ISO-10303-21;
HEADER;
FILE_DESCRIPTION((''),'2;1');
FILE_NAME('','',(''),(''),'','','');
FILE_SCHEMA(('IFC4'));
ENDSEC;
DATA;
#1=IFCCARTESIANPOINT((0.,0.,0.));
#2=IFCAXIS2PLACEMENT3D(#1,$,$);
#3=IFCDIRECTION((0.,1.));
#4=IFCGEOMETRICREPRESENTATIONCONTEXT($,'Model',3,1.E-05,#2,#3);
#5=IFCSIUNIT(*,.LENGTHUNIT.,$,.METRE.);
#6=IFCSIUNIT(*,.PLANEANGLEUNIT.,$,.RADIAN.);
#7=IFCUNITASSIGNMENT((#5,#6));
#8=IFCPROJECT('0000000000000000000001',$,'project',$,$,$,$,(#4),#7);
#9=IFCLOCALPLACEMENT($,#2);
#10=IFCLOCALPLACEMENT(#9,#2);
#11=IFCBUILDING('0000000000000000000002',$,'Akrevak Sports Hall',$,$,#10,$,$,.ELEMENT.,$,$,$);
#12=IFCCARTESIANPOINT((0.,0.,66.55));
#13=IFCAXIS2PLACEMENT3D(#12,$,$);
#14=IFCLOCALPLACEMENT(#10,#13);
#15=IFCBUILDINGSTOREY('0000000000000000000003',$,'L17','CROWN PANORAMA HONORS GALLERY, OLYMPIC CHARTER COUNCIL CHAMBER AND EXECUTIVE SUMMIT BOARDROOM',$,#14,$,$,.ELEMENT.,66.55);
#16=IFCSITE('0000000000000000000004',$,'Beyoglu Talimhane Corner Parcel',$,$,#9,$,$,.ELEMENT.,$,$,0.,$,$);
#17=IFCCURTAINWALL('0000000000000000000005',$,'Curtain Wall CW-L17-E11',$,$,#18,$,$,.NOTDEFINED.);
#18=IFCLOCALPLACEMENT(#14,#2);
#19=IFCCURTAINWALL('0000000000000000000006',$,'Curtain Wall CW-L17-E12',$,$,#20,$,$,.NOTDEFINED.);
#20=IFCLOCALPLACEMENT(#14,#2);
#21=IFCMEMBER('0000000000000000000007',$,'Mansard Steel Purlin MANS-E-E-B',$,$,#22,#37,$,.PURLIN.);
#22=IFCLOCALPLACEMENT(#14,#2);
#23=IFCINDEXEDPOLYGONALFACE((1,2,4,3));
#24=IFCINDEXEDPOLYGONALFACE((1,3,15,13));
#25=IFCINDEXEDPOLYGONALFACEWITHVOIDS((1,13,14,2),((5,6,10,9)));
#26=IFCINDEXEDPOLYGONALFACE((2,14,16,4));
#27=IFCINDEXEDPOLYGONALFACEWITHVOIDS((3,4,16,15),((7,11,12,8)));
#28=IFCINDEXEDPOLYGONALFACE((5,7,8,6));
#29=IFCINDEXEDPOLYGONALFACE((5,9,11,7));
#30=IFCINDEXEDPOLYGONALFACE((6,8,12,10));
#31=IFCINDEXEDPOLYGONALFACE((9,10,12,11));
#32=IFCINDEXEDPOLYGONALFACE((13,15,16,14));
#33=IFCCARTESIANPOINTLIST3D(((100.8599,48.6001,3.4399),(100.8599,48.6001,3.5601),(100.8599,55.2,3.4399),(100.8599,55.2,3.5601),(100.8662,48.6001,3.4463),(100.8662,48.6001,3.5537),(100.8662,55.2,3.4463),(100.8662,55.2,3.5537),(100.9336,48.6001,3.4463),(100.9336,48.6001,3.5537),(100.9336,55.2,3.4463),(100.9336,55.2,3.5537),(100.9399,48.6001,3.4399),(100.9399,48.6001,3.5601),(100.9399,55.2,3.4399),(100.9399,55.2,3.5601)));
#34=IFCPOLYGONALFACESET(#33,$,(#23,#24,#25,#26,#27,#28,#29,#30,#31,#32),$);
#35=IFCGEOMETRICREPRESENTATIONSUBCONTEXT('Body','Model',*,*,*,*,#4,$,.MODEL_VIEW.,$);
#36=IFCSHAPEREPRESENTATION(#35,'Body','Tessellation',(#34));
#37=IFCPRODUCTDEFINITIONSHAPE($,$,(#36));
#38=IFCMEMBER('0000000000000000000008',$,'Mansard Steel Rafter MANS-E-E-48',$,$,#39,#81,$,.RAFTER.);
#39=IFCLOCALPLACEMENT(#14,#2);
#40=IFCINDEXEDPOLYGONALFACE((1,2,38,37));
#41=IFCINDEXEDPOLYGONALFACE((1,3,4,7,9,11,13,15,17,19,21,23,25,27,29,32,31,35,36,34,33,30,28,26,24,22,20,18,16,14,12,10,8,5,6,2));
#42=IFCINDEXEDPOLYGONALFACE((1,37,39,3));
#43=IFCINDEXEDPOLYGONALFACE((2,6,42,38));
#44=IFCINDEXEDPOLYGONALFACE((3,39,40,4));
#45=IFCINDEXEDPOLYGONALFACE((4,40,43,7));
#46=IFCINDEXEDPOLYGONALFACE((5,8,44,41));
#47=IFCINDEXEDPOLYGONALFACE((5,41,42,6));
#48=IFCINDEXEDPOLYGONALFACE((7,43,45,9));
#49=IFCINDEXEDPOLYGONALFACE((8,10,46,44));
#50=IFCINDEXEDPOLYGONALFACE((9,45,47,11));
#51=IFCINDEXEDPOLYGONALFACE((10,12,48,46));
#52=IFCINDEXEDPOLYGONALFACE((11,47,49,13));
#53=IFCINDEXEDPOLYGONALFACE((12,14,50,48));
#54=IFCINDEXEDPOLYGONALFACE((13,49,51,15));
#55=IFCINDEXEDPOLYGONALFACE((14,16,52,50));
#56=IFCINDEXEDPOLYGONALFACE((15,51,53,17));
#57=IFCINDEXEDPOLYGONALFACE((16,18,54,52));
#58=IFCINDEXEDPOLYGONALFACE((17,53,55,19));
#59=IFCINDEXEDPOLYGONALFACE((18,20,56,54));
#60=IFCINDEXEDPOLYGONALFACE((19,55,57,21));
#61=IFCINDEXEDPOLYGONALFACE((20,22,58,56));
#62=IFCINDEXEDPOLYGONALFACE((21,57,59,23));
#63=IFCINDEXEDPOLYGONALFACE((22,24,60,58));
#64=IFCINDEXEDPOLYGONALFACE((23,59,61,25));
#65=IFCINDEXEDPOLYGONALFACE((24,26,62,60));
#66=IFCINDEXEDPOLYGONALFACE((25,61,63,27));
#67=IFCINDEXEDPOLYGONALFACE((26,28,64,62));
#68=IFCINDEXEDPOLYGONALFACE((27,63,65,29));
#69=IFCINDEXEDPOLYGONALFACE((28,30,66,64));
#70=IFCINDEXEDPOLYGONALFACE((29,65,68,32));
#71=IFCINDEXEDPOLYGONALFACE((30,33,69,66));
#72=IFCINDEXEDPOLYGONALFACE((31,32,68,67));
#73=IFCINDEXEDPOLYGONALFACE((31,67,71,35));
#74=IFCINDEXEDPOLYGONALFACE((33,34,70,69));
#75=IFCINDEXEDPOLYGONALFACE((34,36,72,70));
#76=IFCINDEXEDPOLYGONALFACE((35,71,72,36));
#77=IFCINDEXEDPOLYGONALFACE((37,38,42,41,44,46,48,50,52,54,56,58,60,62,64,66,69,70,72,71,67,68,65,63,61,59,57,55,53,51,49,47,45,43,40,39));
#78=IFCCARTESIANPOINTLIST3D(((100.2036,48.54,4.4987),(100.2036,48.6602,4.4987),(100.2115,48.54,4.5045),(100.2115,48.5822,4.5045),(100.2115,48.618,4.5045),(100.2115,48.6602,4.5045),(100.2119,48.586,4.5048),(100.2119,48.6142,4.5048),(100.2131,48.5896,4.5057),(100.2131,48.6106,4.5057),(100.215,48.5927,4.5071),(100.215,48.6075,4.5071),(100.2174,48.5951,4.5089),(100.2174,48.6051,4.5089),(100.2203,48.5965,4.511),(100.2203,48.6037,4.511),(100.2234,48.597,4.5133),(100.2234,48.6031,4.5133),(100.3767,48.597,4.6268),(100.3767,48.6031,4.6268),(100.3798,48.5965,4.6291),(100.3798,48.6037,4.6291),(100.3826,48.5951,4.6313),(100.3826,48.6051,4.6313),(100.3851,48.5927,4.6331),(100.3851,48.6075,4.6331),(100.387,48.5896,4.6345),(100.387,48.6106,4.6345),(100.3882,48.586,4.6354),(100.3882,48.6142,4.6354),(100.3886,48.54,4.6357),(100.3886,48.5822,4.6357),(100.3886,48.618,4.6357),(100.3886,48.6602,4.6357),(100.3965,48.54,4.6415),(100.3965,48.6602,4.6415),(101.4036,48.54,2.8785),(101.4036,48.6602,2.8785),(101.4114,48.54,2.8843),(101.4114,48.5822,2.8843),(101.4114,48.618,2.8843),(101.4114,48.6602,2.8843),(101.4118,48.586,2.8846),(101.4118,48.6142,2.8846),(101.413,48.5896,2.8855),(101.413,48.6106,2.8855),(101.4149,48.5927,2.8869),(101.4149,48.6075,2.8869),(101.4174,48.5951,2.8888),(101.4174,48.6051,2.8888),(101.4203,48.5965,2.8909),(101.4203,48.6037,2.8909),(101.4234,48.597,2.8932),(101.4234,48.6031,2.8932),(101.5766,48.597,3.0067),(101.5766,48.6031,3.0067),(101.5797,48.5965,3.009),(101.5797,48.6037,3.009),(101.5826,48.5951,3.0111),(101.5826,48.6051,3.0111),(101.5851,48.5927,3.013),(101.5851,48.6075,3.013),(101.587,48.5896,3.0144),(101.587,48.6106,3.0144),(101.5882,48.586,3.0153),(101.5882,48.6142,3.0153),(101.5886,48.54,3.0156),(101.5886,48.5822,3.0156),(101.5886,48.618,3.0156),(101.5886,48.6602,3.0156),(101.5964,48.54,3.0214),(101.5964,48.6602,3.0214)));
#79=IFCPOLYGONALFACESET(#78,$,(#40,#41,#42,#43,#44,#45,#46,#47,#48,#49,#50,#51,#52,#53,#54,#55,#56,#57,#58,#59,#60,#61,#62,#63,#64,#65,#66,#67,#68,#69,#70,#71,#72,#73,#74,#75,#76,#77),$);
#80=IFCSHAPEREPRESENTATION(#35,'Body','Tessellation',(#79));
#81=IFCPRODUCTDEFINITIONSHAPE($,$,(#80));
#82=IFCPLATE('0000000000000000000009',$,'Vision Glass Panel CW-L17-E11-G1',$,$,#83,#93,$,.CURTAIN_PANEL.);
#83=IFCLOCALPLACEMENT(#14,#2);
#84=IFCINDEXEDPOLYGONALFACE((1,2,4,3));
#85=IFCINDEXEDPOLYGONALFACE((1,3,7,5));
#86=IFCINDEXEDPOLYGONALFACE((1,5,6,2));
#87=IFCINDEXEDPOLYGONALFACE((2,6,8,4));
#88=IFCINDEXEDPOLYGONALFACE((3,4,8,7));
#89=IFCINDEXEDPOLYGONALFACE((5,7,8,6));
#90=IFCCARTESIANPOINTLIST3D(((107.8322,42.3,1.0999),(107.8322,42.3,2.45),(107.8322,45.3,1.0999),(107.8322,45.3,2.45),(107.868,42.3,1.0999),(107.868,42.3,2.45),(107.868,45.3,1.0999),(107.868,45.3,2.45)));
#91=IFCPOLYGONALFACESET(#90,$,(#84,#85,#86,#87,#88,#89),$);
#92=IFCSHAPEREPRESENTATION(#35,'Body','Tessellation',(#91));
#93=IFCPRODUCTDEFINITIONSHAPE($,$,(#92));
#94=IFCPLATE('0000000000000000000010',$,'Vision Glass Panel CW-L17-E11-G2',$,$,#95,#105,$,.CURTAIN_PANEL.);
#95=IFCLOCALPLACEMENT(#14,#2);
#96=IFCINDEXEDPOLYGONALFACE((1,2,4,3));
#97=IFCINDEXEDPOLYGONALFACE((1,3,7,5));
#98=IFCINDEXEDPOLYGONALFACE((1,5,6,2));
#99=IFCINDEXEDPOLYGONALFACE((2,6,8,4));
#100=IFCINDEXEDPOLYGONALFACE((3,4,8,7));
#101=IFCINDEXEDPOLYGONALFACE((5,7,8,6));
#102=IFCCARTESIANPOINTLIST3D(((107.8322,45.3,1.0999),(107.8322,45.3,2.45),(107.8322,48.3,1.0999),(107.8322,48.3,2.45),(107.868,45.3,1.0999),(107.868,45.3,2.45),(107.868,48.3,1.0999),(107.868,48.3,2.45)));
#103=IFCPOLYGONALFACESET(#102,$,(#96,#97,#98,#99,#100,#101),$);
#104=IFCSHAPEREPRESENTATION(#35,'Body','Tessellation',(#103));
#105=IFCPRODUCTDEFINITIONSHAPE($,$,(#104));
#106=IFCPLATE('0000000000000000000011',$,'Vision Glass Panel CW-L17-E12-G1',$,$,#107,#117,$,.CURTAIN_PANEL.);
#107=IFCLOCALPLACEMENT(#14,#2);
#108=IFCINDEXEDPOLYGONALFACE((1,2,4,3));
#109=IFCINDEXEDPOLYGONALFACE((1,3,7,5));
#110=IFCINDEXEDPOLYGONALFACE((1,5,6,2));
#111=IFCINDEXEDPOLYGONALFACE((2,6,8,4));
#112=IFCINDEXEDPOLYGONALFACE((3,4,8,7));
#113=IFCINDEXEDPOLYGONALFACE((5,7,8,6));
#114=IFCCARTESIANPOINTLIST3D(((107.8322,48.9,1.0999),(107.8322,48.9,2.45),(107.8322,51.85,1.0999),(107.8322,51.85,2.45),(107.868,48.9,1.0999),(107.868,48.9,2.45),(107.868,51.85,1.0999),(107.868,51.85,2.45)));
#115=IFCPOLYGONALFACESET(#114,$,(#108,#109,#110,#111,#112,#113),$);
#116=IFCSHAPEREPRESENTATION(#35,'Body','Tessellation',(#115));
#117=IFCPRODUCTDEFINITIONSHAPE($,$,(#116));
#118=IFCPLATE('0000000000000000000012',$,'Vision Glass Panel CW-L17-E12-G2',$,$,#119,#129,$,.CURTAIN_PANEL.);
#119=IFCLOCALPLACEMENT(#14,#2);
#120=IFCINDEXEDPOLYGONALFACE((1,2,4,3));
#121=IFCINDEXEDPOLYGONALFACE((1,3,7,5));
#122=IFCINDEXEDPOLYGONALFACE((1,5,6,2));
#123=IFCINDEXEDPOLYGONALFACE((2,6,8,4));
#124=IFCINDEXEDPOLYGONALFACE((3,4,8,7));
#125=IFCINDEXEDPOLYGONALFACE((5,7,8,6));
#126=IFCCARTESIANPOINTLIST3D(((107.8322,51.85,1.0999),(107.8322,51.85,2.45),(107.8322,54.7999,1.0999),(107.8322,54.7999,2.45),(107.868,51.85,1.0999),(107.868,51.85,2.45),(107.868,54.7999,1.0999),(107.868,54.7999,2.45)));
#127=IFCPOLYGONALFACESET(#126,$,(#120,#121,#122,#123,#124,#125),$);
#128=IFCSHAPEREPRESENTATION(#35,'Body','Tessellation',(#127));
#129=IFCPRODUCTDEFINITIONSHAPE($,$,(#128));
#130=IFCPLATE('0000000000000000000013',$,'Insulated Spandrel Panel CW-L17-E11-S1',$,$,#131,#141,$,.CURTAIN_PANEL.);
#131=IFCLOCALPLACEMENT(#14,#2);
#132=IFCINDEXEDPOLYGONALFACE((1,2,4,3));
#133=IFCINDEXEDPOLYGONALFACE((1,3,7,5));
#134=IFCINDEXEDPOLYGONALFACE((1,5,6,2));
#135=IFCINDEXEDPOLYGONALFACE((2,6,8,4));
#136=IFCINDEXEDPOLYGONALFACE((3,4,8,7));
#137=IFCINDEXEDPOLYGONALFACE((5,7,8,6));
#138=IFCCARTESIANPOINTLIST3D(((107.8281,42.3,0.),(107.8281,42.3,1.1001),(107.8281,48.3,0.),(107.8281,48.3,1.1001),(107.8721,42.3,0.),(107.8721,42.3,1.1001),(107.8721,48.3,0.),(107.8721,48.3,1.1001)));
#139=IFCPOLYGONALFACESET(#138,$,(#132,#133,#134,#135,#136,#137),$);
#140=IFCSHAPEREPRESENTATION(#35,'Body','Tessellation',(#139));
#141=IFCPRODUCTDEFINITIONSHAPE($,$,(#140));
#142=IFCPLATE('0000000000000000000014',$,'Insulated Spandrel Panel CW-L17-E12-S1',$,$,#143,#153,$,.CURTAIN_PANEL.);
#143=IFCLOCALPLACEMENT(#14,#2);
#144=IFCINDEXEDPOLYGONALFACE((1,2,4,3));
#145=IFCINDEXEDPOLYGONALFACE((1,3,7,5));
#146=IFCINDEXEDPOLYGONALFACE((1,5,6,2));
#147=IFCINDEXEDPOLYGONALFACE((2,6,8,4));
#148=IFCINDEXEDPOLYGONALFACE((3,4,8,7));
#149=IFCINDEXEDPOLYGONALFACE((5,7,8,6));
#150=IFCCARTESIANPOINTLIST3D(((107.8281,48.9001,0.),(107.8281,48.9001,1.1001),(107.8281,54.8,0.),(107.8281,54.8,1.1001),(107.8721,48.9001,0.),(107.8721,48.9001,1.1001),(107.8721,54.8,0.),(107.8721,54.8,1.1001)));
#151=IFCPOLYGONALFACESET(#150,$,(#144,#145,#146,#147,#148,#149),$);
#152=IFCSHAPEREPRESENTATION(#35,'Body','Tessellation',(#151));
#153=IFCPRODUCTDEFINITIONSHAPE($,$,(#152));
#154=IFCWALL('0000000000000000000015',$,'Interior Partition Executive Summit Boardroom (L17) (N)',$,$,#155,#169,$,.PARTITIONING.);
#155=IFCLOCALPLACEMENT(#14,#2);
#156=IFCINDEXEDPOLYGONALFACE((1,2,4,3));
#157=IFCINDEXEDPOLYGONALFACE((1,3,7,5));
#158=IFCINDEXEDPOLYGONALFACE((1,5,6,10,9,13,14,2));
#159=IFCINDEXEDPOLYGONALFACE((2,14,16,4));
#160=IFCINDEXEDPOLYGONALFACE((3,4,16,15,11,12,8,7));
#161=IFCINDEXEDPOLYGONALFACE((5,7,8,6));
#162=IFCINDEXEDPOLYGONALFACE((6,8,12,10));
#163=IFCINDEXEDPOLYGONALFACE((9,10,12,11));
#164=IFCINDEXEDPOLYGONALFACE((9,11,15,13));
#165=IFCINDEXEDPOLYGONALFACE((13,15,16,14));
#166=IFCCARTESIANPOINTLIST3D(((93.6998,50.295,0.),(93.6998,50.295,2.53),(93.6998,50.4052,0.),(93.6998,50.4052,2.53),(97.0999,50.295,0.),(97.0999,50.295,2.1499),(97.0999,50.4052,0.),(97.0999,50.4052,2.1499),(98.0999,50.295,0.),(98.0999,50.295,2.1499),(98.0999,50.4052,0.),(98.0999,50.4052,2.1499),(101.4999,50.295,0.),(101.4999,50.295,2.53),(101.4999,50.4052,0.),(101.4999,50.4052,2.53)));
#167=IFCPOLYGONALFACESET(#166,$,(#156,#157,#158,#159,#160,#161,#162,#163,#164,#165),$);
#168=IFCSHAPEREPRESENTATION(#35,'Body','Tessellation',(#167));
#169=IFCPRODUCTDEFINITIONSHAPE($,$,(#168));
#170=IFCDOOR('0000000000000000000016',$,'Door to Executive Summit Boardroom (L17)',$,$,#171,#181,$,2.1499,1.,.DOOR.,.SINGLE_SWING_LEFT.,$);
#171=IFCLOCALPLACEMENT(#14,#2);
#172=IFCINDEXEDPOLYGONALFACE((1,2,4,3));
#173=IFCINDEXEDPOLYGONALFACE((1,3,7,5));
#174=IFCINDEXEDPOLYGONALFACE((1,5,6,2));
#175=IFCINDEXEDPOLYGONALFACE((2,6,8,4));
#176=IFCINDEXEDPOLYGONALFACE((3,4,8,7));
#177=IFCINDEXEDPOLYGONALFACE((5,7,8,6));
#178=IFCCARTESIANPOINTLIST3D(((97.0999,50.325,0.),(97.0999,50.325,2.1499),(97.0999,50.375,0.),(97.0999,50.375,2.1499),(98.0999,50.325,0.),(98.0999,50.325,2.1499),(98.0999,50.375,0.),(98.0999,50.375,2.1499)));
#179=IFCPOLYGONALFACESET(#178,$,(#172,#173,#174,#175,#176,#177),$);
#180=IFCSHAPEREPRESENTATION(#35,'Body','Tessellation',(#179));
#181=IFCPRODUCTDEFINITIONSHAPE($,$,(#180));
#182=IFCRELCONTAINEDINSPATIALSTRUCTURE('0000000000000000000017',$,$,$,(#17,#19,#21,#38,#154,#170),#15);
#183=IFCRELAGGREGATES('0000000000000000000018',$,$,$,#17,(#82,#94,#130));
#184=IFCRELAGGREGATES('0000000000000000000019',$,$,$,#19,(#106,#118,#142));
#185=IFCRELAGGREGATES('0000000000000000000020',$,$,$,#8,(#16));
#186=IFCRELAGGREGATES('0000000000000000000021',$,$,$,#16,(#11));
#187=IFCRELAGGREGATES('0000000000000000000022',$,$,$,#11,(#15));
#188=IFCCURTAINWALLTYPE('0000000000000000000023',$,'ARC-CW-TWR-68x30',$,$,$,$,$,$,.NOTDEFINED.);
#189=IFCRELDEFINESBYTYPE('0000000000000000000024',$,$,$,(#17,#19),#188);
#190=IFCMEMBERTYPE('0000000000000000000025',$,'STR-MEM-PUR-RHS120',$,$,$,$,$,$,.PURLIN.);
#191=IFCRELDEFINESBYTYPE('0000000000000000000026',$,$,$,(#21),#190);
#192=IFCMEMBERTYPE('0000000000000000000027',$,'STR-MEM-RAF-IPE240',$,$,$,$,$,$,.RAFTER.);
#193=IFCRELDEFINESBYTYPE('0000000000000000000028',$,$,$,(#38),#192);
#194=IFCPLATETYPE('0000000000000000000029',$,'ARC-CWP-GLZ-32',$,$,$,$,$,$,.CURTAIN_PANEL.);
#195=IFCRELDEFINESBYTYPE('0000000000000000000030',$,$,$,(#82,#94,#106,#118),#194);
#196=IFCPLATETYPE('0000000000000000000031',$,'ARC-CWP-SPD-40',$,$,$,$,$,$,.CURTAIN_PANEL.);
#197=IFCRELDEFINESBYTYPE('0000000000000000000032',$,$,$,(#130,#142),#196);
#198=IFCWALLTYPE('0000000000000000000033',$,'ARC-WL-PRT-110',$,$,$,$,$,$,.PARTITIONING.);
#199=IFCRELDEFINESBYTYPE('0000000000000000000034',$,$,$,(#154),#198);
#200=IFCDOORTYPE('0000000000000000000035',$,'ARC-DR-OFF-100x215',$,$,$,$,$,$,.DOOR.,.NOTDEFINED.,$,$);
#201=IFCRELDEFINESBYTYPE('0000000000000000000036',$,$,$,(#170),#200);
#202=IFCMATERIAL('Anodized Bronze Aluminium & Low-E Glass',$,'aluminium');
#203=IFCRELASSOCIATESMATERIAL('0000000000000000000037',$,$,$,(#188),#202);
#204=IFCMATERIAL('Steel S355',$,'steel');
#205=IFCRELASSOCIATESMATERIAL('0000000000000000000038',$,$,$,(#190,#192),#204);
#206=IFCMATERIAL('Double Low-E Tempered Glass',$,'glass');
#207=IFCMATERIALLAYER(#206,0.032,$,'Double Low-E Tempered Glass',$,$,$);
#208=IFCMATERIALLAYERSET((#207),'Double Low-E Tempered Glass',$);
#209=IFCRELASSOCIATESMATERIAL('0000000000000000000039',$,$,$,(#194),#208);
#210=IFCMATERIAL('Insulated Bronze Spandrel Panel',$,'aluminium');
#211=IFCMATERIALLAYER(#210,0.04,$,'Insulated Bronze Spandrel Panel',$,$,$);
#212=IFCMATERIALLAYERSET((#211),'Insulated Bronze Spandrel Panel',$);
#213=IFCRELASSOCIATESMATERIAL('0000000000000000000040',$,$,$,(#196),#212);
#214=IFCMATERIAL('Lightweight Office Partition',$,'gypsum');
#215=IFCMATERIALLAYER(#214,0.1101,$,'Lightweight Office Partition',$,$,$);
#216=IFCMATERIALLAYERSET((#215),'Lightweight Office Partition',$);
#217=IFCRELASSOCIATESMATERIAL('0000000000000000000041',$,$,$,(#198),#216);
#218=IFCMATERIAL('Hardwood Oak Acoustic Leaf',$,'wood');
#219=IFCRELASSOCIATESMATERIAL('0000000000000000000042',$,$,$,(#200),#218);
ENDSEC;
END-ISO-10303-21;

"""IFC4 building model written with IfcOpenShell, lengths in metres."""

from ifc_helpers import new_model, si_unit, direction, frame, frame_2d, origin, origin_2d, place, context, subcontext, project, spatial, rectangle, hollow_rectangle, i_section, extrude, material, layer, layer_set, material_profile, profile_set, type_object, element, fill, aggregate, save


model = new_model("IFC4")

# Units and contexts
model_context = context("Model", 3, precision=1e-05, world=origin(), true_north=direction((0.0, 1.0)))
body_context = subcontext(model_context, "Body", "Model", "MODEL_VIEW")
ifc_project = project(units=[si_unit("LENGTHUNIT", "METRE"), si_unit("PLANEANGLEUNIT", "RADIAN")], contexts=[model_context])

# Site, building, storey
site_placement = place(None, origin())
site = spatial("IfcSite", under=ifc_project, at=site_placement, Name="Beyoglu Talimhane Corner Parcel", CompositionType="ELEMENT", RefElevation=0.0)
building_placement = place(site_placement, origin())
building = spatial("IfcBuilding", under=site, at=building_placement, Name="Akrevak Sports Hall", CompositionType="ELEMENT")
storey_placement = place(building_placement, frame((0.0, 0.0, 66.55)))
storey = spatial("IfcBuildingStorey", under=building, at=storey_placement, Name="L17", Description="CROWN PANORAMA HONORS GALLERY, OLYMPIC CHARTER COUNCIL CHAMBER AND EXECUTIVE SUMMIT BOARDROOM", CompositionType="ELEMENT", Elevation=66.55)

# Curtain walls
ifc_material_1 = material(Name="Anodized Bronze Aluminium & Low-E Glass", Category="aluminium")
curtain_wall_type = type_object("IfcCurtainWallType", Name="ARC-CW-TWR-68x30", PredefinedType="NOTDEFINED", material=ifc_material_1)
curtain_wall_1_placement = place(storey_placement, origin())
curtain_wall_1 = element("IfcCurtainWall", 1, at=curtain_wall_1_placement, inside=storey, type_object=curtain_wall_type, Name="Curtain Wall CW-L17-E11", PredefinedType="NOTDEFINED")
curtain_wall_2_placement = place(storey_placement, origin())
curtain_wall_2 = element("IfcCurtainWall", 2, at=curtain_wall_2_placement, inside=storey, type_object=curtain_wall_type, Name="Curtain Wall CW-L17-E12", PredefinedType="NOTDEFINED")

# Members
ifc_material_2 = material(Name="Steel S355", Category="steel")
ifc_material_profile_1 = material_profile(ifc_material_2, hollow_rectangle(XDim=0.0801, YDim=0.1201, WallThickness=0.0063, at=origin_2d()), Name="RHS 120x80x6.3", Category="steel")
ifc_profile_set_1 = profile_set([ifc_material_profile_1], Name="Steel S355")
member_type_1 = type_object("IfcMemberType", Name="STR-MEM-PUR-RHS120", PredefinedType="PURLIN", material=ifc_profile_set_1)
member_1_placement = place(storey_placement, frame((100.8999, 48.6001, 3.5), z_axis=(0.0, 1.0, 0.0), x_axis=(-1.0, 0.0, 0.0)))
element("IfcMember", 3, at=member_1_placement, inside=storey, type_object=member_type_1, Name="Mansard Steel Purlin MANS-E-E-B", PredefinedType="PURLIN", context=body_context, shape_type="SweptSolid", body=[
    extrude(hollow_rectangle(XDim=0.0801, YDim=0.1201, WallThickness=0.0063, at=origin_2d()), origin(), (0.0, 0.0, 1.0), 6.5999),
])
ifc_material_profile_2 = material_profile(ifc_material_2, i_section(OverallWidth=0.1201, OverallDepth=0.24, WebThickness=0.0061, FlangeThickness=0.0098, FilletRadius=0.0149, at=origin_2d()), Name="IPE 240", Category="steel")
ifc_profile_set_2 = profile_set([ifc_material_profile_2], Name="Steel S355")
member_type_2 = type_object("IfcMemberType", Name="STR-MEM-RAF-IPE240", PredefinedType="RAFTER", material=ifc_profile_set_2)
member_2_placement = place(storey_placement, frame((101.5, 48.6001, 2.95), z_axis=(-0.595184, 0.0, 0.803589), x_axis=(0.0, -1.0, 0.0)))
element("IfcMember", 4, at=member_2_placement, inside=storey, type_object=member_type_2, Name="Mansard Steel Rafter MANS-E-E-48", PredefinedType="RAFTER", context=body_context, shape_type="SweptSolid", body=[
    extrude(i_section(OverallWidth=0.1201, OverallDepth=0.24, WebThickness=0.0061, FlangeThickness=0.0098, FilletRadius=0.0149, at=origin_2d()), origin(), (0.0, 0.0, 1.0), 2.0161),
])

# Plates
ifc_material_3 = material(Name="Double Low-E Tempered Glass", Category="glass")
ifc_layer_1 = layer(ifc_material_3, 0.032, Name="Double Low-E Tempered Glass")
ifc_layer_set_1 = layer_set([ifc_layer_1], Name="Double Low-E Tempered Glass")
plate_type_1 = type_object("IfcPlateType", Name="ARC-CWP-GLZ-32", PredefinedType="CURTAIN_PANEL", material=ifc_layer_set_1)
plate_1_placement = place(storey_placement, frame((107.8501, 43.8, 1.0999), z_axis=(0.0, 0.0, 1.0), x_axis=(0.0, 1.0, 0.0)))
plate_1 = element("IfcPlate", 5, at=plate_1_placement, type_object=plate_type_1, Name="Vision Glass Panel CW-L17-E11-G1", PredefinedType="CURTAIN_PANEL", context=body_context, shape_type="SweptSolid", body=[
    extrude(rectangle(XDim=3.0, YDim=0.0359, at=origin_2d()), origin(), (0.0, 0.0, 1.0), 1.3501),
])
plate_2_placement = place(storey_placement, frame((107.8501, 46.8, 1.0999), z_axis=(0.0, 0.0, 1.0), x_axis=(0.0, 1.0, 0.0)))
plate_2 = element("IfcPlate", 6, at=plate_2_placement, type_object=plate_type_1, Name="Vision Glass Panel CW-L17-E11-G2", PredefinedType="CURTAIN_PANEL", context=body_context, shape_type="SweptSolid", body=[
    extrude(rectangle(XDim=3.0, YDim=0.0359, at=origin_2d()), origin(), (0.0, 0.0, 1.0), 1.3501),
])
plate_3_placement = place(storey_placement, frame((107.8501, 50.375, 1.0999), z_axis=(0.0, 0.0, 1.0), x_axis=(0.0, 1.0, 0.0)))
plate_3 = element("IfcPlate", 7, at=plate_3_placement, type_object=plate_type_1, Name="Vision Glass Panel CW-L17-E12-G1", PredefinedType="CURTAIN_PANEL", context=body_context, shape_type="SweptSolid", body=[
    extrude(rectangle(XDim=2.95, YDim=0.0359, at=origin_2d()), origin(), (0.0, 0.0, 1.0), 1.3501),
])
plate_4_placement = place(storey_placement, frame((107.8501, 53.325, 1.0999), z_axis=(0.0, 0.0, 1.0), x_axis=(0.0, 1.0, 0.0)))
plate_4 = element("IfcPlate", 8, at=plate_4_placement, type_object=plate_type_1, Name="Vision Glass Panel CW-L17-E12-G2", PredefinedType="CURTAIN_PANEL", context=body_context, shape_type="SweptSolid", body=[
    extrude(rectangle(XDim=2.95, YDim=0.0359, at=origin_2d()), origin(), (0.0, 0.0, 1.0), 1.3501),
])
ifc_material_4 = material(Name="Insulated Bronze Spandrel Panel", Category="aluminium")
ifc_layer_2 = layer(ifc_material_4, 0.04, Name="Insulated Bronze Spandrel Panel")
ifc_layer_set_2 = layer_set([ifc_layer_2], Name="Insulated Bronze Spandrel Panel")
plate_type_2 = type_object("IfcPlateType", Name="ARC-CWP-SPD-40", PredefinedType="CURTAIN_PANEL", material=ifc_layer_set_2)
plate_5_placement = place(storey_placement, frame((107.8501, 45.3, 0.0), z_axis=(0.0, 0.0, 1.0), x_axis=(0.0, 1.0, 0.0)))
plate_5 = element("IfcPlate", 9, at=plate_5_placement, type_object=plate_type_2, Name="Insulated Spandrel Panel CW-L17-E11-S1", PredefinedType="CURTAIN_PANEL", context=body_context, shape_type="SweptSolid", body=[
    extrude(rectangle(XDim=6.0, YDim=0.0439, at=origin_2d()), origin(), (0.0, 0.0, 1.0), 1.1001),
])
aggregate(curtain_wall_1, [plate_1, plate_2, plate_5])
plate_6_placement = place(storey_placement, frame((107.8501, 51.8501, 0.0), z_axis=(0.0, 0.0, 1.0), x_axis=(0.0, 1.0, 0.0)))
plate_6 = element("IfcPlate", 10, at=plate_6_placement, type_object=plate_type_2, Name="Insulated Spandrel Panel CW-L17-E12-S1", PredefinedType="CURTAIN_PANEL", context=body_context, shape_type="SweptSolid", body=[
    extrude(rectangle(XDim=5.8999, YDim=0.0439, at=origin_2d()), origin(), (0.0, 0.0, 1.0), 1.1001),
])
aggregate(curtain_wall_2, [plate_3, plate_4, plate_6])

# Wall, opening, door
ifc_material_5 = material(Name="Lightweight Office Partition", Category="gypsum")
ifc_layer_3 = layer(ifc_material_5, 0.1101, Name="Lightweight Office Partition")
ifc_layer_set_3 = layer_set([ifc_layer_3], Name="Lightweight Office Partition")
wall_type = type_object("IfcWallType", Name="ARC-WL-PRT-110", PredefinedType="PARTITIONING", material=ifc_layer_set_3)
wall_1_placement = place(storey_placement, frame((93.7, 50.3501, 0.0), z_axis=(0.0, 0.0, 1.0), x_axis=(1.0, 0.0, 0.0)))
wall_1 = element("IfcWall", 11, at=wall_1_placement, inside=storey, type_object=wall_type, Name="Interior Partition Executive Summit Boardroom (L17) (N)", PredefinedType="PARTITIONING", context=body_context, shape_type="SweptSolid", body=[
    extrude(rectangle(XDim=7.8, YDim=0.1101, at=frame_2d((3.8999, 0.0))), origin(), (0.0, 0.0, 1.0), 2.53),
])
opening_1_placement = place(wall_1_placement, frame((3.3999, 0.0, 0.0)))
opening_1 = element("IfcOpeningElement", 12, at=opening_1_placement, cuts=wall_1, PredefinedType="OPENING", context=body_context, shape_type="SweptSolid", body=[
    extrude(rectangle(XDim=1.0, YDim=2.1499, at=frame_2d((0.5, 1.075))), frame((0.0, 0.0669, 0.0), z_axis=(0.0, -1.0, 0.0), x_axis=(1.0, 0.0, 0.0)), (0.0, 0.0, 1.0), 0.134),
])
ifc_material_6 = material(Name="Hardwood Oak Acoustic Leaf", Category="wood")
door_type_1 = type_object("IfcDoorType", Name="ARC-DR-OFF-100x215", OperationType="NOTDEFINED", PredefinedType="DOOR", material=ifc_material_6)
door_1_placement = place(opening_1_placement, origin())
door_1 = element("IfcDoor", 13, at=door_1_placement, inside=storey, type_object=door_type_1, Name="Door to Executive Summit Boardroom (L17)", OperationType="SINGLE_SWING_LEFT", OverallHeight=2.1499, OverallWidth=1.0, PredefinedType="DOOR", context=body_context, shape_type="SweptSolid", body=[
    extrude(rectangle(XDim=1.0, YDim=2.1499, at=frame_2d((0.5, 1.075))), frame((0.0, 0.0249, 0.0), z_axis=(0.0, -1.0, 0.0), x_axis=(1.0, 0.0, 0.0)), (0.0, 0.0, 1.0), 0.05),
])
fill(opening_1, door_1)

save(model, "model.ifc")
